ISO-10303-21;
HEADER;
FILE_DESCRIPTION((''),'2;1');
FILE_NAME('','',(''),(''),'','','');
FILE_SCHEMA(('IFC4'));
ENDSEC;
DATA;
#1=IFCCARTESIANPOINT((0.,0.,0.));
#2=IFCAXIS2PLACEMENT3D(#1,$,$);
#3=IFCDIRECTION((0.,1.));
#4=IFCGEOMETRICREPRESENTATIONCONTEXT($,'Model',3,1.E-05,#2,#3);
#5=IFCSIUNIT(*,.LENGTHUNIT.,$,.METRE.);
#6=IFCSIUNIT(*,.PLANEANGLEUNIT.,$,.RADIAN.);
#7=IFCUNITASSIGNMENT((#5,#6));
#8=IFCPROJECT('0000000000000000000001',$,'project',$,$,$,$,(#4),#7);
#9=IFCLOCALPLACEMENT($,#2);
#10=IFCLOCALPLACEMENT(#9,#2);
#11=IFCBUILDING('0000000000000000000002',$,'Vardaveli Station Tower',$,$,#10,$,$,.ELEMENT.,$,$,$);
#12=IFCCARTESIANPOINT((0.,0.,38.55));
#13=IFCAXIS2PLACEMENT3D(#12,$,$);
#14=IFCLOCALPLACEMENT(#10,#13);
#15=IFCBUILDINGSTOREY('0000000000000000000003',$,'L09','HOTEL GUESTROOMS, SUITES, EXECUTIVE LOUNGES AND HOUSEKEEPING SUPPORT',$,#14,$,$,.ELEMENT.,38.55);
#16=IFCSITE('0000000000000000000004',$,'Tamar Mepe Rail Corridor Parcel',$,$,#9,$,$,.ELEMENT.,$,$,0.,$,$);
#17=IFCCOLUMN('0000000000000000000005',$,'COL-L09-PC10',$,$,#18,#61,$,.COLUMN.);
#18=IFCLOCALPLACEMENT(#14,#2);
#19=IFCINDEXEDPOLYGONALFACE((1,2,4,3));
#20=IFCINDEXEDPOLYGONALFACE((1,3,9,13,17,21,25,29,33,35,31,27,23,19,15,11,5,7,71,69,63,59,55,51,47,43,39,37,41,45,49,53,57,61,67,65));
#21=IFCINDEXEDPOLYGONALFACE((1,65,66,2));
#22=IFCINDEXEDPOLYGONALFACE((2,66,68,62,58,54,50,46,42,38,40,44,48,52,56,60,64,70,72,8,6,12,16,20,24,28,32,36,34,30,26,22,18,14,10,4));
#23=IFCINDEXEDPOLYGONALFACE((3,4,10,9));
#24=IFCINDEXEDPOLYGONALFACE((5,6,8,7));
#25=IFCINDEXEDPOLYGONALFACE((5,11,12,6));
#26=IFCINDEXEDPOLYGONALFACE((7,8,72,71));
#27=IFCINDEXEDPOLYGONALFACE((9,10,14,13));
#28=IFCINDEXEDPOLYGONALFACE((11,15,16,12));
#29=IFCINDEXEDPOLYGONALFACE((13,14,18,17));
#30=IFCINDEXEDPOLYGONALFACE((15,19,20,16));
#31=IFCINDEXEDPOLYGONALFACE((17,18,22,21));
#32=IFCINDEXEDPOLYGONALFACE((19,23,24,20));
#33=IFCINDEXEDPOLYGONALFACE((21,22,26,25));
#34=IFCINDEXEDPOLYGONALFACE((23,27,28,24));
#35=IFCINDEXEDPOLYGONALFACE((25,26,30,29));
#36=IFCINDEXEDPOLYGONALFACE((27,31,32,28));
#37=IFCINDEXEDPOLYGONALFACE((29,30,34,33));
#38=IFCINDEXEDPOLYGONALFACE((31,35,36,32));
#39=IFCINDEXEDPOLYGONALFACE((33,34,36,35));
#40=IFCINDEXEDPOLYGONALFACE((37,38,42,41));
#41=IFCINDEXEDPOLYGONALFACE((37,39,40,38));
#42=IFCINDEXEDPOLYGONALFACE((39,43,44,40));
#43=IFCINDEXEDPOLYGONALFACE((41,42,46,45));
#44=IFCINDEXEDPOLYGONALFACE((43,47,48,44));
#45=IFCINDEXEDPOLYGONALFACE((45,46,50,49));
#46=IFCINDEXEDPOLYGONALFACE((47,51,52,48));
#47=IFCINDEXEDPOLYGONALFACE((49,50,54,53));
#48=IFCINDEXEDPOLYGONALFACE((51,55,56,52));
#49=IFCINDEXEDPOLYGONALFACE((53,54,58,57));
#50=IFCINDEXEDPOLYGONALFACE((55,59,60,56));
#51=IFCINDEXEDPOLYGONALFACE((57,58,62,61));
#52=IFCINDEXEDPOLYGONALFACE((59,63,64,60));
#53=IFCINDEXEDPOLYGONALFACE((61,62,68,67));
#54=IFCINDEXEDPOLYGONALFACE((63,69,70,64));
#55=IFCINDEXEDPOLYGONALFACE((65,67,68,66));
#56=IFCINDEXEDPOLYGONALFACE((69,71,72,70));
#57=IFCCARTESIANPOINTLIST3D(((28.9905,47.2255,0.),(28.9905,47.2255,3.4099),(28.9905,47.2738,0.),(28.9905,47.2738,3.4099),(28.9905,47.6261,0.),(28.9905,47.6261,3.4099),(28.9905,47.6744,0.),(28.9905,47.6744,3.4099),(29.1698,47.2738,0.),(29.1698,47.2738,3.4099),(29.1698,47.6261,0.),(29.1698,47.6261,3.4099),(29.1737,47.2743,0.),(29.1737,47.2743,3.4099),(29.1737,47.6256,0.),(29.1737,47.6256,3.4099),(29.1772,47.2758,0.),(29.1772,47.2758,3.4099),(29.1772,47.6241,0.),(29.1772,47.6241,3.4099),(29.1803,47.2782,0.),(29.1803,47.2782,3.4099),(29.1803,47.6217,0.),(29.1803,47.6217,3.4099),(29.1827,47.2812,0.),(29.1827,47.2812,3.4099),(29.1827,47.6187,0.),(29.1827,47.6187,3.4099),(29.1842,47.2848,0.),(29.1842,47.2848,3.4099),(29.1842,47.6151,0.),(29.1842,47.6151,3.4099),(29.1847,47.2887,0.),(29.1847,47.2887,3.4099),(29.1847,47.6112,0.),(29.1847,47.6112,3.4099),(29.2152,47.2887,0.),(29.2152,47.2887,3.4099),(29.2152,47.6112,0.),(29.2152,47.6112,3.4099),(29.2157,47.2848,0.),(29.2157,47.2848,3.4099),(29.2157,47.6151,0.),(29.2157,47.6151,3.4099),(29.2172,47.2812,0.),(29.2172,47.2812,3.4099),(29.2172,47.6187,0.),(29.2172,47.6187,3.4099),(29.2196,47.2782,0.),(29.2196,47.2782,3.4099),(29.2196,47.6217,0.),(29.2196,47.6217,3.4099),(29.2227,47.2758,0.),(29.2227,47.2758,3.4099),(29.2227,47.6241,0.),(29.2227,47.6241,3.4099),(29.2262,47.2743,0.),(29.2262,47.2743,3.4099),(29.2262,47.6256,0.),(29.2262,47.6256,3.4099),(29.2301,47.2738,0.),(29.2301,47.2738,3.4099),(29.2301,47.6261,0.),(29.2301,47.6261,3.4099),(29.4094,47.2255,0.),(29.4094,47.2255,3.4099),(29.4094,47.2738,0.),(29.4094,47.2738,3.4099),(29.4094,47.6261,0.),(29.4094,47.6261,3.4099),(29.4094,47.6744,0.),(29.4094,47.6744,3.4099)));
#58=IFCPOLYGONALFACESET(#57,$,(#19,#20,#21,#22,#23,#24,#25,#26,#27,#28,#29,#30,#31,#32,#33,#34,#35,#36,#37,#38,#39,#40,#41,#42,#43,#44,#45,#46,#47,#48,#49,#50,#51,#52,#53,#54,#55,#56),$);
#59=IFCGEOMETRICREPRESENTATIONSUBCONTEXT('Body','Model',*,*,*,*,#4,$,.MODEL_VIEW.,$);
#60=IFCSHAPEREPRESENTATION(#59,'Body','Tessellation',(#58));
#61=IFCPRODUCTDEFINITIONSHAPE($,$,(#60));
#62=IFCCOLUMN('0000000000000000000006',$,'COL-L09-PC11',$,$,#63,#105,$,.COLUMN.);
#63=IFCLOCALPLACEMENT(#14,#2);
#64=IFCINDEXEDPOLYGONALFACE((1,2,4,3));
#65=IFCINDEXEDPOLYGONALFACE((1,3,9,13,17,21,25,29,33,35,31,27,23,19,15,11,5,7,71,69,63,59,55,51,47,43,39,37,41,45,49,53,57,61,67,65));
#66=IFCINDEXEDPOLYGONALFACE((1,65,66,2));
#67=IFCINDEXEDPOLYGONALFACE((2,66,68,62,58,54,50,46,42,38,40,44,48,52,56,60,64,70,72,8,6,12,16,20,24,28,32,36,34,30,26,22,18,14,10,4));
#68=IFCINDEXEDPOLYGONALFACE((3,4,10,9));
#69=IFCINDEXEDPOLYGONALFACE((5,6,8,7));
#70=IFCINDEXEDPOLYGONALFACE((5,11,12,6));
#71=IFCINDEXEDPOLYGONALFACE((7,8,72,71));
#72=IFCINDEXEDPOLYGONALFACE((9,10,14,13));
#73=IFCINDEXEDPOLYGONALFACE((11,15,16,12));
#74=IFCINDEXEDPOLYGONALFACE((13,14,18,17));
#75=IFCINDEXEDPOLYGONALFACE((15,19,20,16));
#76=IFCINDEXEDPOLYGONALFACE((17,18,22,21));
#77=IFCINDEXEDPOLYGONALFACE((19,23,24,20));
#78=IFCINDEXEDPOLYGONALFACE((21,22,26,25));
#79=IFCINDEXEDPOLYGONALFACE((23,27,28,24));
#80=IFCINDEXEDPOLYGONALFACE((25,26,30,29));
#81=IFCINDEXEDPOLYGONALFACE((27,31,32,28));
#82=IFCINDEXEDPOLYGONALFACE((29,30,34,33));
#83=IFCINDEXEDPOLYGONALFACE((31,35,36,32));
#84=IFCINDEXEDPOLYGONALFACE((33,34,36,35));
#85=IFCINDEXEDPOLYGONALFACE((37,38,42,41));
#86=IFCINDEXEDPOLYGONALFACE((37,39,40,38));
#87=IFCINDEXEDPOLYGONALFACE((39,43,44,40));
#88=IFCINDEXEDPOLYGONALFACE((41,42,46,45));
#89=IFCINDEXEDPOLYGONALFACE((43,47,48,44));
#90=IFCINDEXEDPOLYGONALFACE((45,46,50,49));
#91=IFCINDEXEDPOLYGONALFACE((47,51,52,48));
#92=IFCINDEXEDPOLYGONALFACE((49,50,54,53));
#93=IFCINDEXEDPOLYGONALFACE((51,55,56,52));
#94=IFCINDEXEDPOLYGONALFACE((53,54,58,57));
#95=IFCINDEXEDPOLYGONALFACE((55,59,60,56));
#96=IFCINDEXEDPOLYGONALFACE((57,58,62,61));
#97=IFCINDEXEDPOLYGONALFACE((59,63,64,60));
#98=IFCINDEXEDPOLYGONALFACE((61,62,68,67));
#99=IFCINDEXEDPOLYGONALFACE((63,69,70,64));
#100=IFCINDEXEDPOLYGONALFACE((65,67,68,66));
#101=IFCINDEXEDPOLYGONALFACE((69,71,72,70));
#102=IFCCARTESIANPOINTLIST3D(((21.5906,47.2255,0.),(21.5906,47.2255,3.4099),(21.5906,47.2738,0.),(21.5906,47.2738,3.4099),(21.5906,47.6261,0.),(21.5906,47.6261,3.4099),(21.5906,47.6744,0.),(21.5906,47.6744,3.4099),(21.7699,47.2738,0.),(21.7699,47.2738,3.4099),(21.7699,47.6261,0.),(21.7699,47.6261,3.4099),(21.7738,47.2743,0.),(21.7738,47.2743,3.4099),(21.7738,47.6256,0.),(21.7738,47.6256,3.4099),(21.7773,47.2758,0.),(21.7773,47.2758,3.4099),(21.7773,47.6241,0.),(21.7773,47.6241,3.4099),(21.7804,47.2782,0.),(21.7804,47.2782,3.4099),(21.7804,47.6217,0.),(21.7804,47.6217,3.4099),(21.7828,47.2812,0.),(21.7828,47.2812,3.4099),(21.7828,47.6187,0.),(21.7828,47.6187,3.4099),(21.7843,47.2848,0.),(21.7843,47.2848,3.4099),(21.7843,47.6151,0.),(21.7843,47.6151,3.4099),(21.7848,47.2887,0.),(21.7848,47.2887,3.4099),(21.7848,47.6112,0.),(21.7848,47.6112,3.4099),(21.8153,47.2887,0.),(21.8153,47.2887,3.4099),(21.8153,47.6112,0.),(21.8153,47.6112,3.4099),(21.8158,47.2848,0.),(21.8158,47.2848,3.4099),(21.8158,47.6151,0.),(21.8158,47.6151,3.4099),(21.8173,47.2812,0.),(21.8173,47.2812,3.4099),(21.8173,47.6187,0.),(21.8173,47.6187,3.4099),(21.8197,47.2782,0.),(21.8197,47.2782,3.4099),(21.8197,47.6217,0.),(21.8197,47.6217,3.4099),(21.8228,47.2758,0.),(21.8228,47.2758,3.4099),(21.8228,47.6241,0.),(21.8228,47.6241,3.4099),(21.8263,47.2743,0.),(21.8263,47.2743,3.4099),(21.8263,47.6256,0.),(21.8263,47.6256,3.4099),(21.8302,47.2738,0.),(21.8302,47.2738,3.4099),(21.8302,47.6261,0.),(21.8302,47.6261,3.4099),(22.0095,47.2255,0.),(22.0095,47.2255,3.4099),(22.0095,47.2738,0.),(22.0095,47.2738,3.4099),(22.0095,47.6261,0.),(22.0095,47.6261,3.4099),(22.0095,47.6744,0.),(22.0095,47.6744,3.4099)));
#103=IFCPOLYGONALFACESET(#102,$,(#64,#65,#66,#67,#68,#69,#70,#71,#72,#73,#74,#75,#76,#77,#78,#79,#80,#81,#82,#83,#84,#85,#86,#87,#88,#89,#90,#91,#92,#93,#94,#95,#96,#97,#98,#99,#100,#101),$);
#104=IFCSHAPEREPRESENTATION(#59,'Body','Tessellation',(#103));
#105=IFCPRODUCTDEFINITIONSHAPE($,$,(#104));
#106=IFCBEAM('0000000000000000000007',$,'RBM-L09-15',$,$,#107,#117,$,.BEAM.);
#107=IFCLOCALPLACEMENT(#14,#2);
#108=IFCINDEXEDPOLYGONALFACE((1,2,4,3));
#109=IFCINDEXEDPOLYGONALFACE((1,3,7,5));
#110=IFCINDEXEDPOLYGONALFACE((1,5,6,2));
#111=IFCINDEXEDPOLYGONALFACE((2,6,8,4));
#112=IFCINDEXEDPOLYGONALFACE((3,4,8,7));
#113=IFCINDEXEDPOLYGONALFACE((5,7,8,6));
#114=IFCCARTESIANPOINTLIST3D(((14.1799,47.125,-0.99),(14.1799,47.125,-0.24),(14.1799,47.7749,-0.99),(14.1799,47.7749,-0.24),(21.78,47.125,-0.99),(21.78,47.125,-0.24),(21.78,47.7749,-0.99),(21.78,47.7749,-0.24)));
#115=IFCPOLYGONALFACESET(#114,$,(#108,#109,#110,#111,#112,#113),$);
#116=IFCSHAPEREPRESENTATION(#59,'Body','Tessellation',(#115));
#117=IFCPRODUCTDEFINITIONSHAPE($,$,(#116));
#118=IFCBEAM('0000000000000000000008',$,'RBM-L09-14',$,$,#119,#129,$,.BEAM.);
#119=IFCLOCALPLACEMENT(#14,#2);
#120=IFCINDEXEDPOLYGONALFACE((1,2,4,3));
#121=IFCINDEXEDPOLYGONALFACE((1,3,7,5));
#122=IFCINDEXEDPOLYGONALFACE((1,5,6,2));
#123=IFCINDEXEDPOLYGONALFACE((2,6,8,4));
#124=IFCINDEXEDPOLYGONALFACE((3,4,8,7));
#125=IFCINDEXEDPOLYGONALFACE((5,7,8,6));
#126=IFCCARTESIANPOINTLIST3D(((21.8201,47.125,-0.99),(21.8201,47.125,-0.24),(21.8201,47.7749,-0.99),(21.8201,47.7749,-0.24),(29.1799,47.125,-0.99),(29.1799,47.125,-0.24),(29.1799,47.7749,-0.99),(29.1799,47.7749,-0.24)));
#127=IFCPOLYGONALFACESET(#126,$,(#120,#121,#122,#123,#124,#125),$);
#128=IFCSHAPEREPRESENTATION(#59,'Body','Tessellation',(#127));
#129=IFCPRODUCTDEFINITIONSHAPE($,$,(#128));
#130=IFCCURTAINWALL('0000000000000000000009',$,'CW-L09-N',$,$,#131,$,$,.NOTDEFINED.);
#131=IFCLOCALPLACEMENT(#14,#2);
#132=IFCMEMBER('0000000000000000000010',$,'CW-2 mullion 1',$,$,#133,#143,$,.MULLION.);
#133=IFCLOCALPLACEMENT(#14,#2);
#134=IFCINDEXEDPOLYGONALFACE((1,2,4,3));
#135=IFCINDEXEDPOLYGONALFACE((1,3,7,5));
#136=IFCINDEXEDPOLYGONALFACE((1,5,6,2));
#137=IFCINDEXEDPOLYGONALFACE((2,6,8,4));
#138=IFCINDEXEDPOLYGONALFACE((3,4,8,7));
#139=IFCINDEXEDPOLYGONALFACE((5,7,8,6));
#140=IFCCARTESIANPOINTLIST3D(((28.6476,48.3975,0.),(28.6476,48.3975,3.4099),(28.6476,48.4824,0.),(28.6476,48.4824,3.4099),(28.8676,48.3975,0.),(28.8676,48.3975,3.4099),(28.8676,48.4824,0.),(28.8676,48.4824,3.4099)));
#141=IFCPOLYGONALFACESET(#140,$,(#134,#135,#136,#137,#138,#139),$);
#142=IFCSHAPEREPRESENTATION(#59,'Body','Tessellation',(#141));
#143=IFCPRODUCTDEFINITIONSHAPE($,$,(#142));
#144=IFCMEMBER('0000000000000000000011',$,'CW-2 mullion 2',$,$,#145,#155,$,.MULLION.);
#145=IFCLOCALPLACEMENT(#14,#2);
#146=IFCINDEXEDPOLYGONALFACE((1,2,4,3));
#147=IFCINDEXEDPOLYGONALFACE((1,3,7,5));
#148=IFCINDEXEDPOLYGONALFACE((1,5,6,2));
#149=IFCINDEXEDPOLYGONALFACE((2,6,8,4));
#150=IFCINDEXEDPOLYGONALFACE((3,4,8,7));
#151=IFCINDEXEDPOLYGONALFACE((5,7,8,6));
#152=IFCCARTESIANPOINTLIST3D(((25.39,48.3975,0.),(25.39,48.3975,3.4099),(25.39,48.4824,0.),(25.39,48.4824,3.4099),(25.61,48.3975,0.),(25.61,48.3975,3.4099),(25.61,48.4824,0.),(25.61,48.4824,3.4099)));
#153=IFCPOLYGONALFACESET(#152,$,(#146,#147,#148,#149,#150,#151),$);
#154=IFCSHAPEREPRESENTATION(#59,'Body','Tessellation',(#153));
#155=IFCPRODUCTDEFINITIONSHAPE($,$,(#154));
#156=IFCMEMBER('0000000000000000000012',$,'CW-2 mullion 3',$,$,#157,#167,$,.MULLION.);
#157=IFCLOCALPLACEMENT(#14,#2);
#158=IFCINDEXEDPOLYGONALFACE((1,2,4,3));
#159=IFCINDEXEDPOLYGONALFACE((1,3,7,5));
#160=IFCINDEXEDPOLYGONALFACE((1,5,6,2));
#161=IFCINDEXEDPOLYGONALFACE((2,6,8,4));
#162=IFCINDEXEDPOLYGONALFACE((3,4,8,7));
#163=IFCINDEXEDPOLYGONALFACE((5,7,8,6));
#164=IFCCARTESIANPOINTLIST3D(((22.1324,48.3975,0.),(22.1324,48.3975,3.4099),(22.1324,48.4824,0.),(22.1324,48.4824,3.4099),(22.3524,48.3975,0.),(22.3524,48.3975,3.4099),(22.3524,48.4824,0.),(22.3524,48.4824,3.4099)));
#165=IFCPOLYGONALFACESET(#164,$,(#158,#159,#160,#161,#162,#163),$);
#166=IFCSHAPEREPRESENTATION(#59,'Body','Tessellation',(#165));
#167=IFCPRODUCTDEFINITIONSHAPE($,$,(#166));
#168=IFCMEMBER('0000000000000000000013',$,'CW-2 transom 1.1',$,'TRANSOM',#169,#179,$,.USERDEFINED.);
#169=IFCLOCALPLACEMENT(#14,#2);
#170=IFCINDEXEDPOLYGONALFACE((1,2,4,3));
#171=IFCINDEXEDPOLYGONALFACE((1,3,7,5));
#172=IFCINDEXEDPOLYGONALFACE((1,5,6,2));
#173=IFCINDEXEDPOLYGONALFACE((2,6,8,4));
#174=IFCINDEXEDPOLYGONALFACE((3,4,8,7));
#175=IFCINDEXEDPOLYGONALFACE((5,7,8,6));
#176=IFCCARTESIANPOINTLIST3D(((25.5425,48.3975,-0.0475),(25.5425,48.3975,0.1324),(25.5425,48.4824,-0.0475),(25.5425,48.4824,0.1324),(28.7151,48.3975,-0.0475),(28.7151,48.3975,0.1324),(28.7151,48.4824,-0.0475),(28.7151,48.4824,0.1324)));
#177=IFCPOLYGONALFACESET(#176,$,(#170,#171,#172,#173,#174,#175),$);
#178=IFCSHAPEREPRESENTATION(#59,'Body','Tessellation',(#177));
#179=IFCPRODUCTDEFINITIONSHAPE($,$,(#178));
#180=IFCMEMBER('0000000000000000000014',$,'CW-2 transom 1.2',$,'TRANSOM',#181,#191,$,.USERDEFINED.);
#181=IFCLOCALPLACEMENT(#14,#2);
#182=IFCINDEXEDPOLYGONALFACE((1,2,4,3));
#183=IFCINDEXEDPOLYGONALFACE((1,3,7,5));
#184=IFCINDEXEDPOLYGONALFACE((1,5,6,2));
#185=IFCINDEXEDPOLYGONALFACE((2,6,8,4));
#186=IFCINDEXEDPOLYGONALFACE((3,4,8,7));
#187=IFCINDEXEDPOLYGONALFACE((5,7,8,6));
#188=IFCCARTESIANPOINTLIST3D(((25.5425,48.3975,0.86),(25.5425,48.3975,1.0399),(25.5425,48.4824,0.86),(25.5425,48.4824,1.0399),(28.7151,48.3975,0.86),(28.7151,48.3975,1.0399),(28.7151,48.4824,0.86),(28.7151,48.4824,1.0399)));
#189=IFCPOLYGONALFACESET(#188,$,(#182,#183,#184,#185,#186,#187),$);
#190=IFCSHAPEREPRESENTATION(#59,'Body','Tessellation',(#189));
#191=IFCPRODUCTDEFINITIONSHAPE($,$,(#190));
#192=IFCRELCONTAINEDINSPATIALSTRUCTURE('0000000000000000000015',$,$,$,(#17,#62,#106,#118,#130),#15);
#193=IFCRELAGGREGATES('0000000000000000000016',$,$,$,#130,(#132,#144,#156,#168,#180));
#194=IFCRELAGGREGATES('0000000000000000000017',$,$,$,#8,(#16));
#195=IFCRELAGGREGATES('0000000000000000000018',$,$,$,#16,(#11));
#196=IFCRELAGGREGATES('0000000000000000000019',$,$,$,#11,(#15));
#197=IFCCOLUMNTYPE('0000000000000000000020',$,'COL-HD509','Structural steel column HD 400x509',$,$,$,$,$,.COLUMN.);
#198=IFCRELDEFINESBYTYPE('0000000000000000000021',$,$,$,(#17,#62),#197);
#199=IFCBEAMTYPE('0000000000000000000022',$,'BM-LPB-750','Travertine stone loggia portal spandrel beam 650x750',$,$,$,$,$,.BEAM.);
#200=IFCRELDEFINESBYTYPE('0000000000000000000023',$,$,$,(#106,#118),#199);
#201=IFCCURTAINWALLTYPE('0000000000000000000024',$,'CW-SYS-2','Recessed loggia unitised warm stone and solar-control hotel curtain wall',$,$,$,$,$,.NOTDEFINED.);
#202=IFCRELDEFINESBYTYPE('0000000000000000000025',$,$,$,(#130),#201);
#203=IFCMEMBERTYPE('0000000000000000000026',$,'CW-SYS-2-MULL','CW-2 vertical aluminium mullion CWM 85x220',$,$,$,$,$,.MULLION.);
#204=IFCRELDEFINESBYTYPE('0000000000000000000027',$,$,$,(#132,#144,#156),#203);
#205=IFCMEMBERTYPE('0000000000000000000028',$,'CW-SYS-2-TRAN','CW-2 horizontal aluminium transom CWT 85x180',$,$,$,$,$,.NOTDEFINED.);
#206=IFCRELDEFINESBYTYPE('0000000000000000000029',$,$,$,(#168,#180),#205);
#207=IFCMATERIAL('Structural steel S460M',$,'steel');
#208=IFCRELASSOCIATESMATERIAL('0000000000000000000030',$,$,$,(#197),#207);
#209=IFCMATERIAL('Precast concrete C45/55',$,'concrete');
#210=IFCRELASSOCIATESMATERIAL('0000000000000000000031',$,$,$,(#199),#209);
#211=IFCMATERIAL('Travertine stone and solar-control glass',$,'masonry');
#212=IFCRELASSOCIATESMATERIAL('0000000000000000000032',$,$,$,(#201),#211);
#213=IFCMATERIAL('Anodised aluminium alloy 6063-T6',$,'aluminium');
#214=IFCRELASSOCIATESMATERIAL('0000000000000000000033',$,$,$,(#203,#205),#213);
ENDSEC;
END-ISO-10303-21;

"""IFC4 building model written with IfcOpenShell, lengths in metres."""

from ifc_helpers import new_model, si_unit, direction, frame, origin, origin_2d, place, context, subcontext, project, spatial, rectangle, i_section, extrude, source, transform, mapped, material, material_profile, profile_set, type_object, element, aggregate, save


model = new_model("IFC4")

# Units and contexts
model_context = context("Model", 3, precision=1e-05, world=origin(), true_north=direction((0.0, 1.0)))
body_context = subcontext(model_context, "Body", "Model", "MODEL_VIEW")
ifc_project = project(units=[si_unit("LENGTHUNIT", "METRE"), si_unit("PLANEANGLEUNIT", "RADIAN")], contexts=[model_context])

# Site, building, storey
site_placement = place(None, origin())
site = spatial("IfcSite", under=ifc_project, at=site_placement, Name="Tamar Mepe Rail Corridor Parcel", CompositionType="ELEMENT", RefElevation=0.0)
building_placement = place(site_placement, origin())
building = spatial("IfcBuilding", under=site, at=building_placement, Name="Vardaveli Station Tower", CompositionType="ELEMENT")
storey_placement = place(building_placement, frame((0.0, 0.0, 38.55)))
storey = spatial("IfcBuildingStorey", under=building, at=storey_placement, Name="L09", Description="HOTEL GUESTROOMS, SUITES, EXECUTIVE LOUNGES AND HOUSEKEEPING SUPPORT", CompositionType="ELEMENT", Elevation=38.55)

# Columns
ifc_material_1 = material(Name="Structural steel S460M", Category="steel")
ifc_material_profile_1 = material_profile(ifc_material_1, i_section(OverallWidth=0.4189, OverallDepth=0.449, WebThickness=0.0305, FlangeThickness=0.0483, FilletRadius=0.0149, at=origin_2d()), Name="HD 400x509")
ifc_profile_set_1 = profile_set([ifc_material_profile_1], Name="Structural steel S460M")
column_type = type_object("IfcColumnType", Name="COL-HD509", Description="Structural steel column HD 400x509", PredefinedType="COLUMN", material=ifc_profile_set_1)
shared_shape_1 = source(origin(), body_context, "Body", "SweptSolid", [
    extrude(i_section(OverallWidth=0.4189, OverallDepth=0.449, WebThickness=0.0305, FlangeThickness=0.0483, FilletRadius=0.0149, at=origin_2d()), origin(), (0.0, 0.0, 1.0), 3.4099),
])
for number, where, z_axis, x_axis, name in (
    (1, (29.2, 47.45, 0.0), (0.0, 0.0, 1.0), (1.0, 0.0, 0.0), "COL-L09-PC10"),
    (2, (21.8, 47.45, 0.0), (0.0, 0.0, 1.0), (1.0, 0.0, 0.0), "COL-L09-PC11"),
):
    element("IfcColumn", number, at=place(storey_placement, frame(where, z_axis=z_axis, x_axis=x_axis)), inside=storey, type_object=column_type, Name=name, PredefinedType="COLUMN", context=body_context, shape_type="MappedRepresentation", body=[
        mapped(shared_shape_1, transform((0.0, 0.0, 0.0), scale=1.0)),
    ])

# Beams
ifc_material_2 = material(Name="Precast concrete C45/55", Category="concrete")
ifc_material_profile_2 = material_profile(ifc_material_2, rectangle(XDim=0.6499, YDim=0.75, at=origin_2d()), Name="LPB 650x750")
ifc_profile_set_2 = profile_set([ifc_material_profile_2], Name="Precast concrete C45/55")
beam_type = type_object("IfcBeamType", Name="BM-LPB-750", Description="Travertine stone loggia portal spandrel beam 650x750", PredefinedType="BEAM", material=ifc_profile_set_2)
shared_shape_2 = source(origin(), body_context, "Body", "SweptSolid", [
    extrude(rectangle(XDim=0.6499, YDim=0.75, at=origin_2d()), origin(), (0.0, 0.0, 1.0), 7.6001),
])
beam_1_placement = place(storey_placement, frame((21.78, 47.45, -0.615), z_axis=(-1.0, 0.0, 0.0), x_axis=(0.0, -1.0, 0.0)))
element("IfcBeam", 3, at=beam_1_placement, inside=storey, type_object=beam_type, Name="RBM-L09-15", PredefinedType="BEAM", context=body_context, shape_type="MappedRepresentation", body=[
    mapped(shared_shape_2, transform((0.0, 0.0, 0.0), scale=1.0)),
])
shared_shape_3 = source(origin(), body_context, "Body", "SweptSolid", [
    extrude(rectangle(XDim=0.6499, YDim=0.75, at=origin_2d()), origin(), (0.0, 0.0, 1.0), 7.3599),
])
beam_2_placement = place(storey_placement, frame((29.1799, 47.45, -0.615), z_axis=(-1.0, 0.0, 0.0), x_axis=(0.0, -1.0, 0.0)))
element("IfcBeam", 4, at=beam_2_placement, inside=storey, type_object=beam_type, Name="RBM-L09-14", PredefinedType="BEAM", context=body_context, shape_type="MappedRepresentation", body=[
    mapped(shared_shape_3, transform((0.0, 0.0, 0.0), scale=1.0)),
])

# Curtain wall, members
ifc_material_3 = material(Name="Travertine stone and solar-control glass", Category="masonry")
curtain_wall_type = type_object("IfcCurtainWallType", Name="CW-SYS-2", Description="Recessed loggia unitised warm stone and solar-control hotel curtain wall", PredefinedType="NOTDEFINED", material=ifc_material_3)
curtain_wall_placement = place(storey_placement, origin())
curtain_wall = element("IfcCurtainWall", 5, at=curtain_wall_placement, inside=storey, type_object=curtain_wall_type, Name="CW-L09-N", PredefinedType="NOTDEFINED")
ifc_material_4 = material(Name="Anodised aluminium alloy 6063-T6", Category="aluminium")
ifc_material_profile_3 = material_profile(ifc_material_4, rectangle(XDim=0.085, YDim=0.22, at=origin_2d()), Name="CWM 85x220")
ifc_profile_set_3 = profile_set([ifc_material_profile_3], Name="Anodised aluminium alloy 6063-T6")
member_type_1 = type_object("IfcMemberType", Name="CW-SYS-2-MULL", Description="CW-2 vertical aluminium mullion CWM 85x220", PredefinedType="MULLION", material=ifc_profile_set_3)
shared_shape_4 = source(origin(), body_context, "Body", "SweptSolid", [
    extrude(rectangle(XDim=0.085, YDim=0.22, at=origin_2d()), origin(), (0.0, 0.0, 1.0), 3.4099),
])
member_1_placement = place(storey_placement, frame((28.7576, 48.4399, 0.0), z_axis=(0.0, 0.0, 1.0), x_axis=(0.0, -1.0, 0.0)))
member_1 = element("IfcMember", 6, at=member_1_placement, type_object=member_type_1, Name="CW-2 mullion 1", PredefinedType="MULLION", context=body_context, shape_type="MappedRepresentation", body=[
    mapped(shared_shape_4, transform((0.0, 0.0, 0.0), scale=1.0)),
])
member_2_placement = place(storey_placement, frame((25.5, 48.4399, 0.0), z_axis=(0.0, 0.0, 1.0), x_axis=(0.0, -1.0, 0.0)))
member_2 = element("IfcMember", 7, at=member_2_placement, type_object=member_type_1, Name="CW-2 mullion 2", PredefinedType="MULLION", context=body_context, shape_type="MappedRepresentation", body=[
    mapped(shared_shape_4, transform((0.0, 0.0, 0.0), scale=1.0)),
])
member_3_placement = place(storey_placement, frame((22.2424, 48.4399, 0.0), z_axis=(0.0, 0.0, 1.0), x_axis=(0.0, -1.0, 0.0)))
member_3 = element("IfcMember", 8, at=member_3_placement, type_object=member_type_1, Name="CW-2 mullion 3", PredefinedType="MULLION", context=body_context, shape_type="MappedRepresentation", body=[
    mapped(shared_shape_4, transform((0.0, 0.0, 0.0), scale=1.0)),
])
ifc_material_profile_4 = material_profile(ifc_material_4, rectangle(XDim=0.085, YDim=0.1799, at=origin_2d()), Name="CWT 85x180")
ifc_profile_set_4 = profile_set([ifc_material_profile_4], Name="Anodised aluminium alloy 6063-T6")
member_type_2 = type_object("IfcMemberType", Name="CW-SYS-2-TRAN", Description="CW-2 horizontal aluminium transom CWT 85x180", PredefinedType="NOTDEFINED", material=ifc_profile_set_4)
shared_shape_5 = source(origin(), body_context, "Body", "SweptSolid", [
    extrude(rectangle(XDim=0.085, YDim=0.1799, at=origin_2d()), origin(), (0.0, 0.0, 1.0), 3.1726),
])
member_4_placement = place(storey_placement, frame((28.7151, 48.4399, 0.0425), z_axis=(-1.0, 0.0, 0.0), x_axis=(0.0, -1.0, 0.0)))
member_4 = element("IfcMember", 9, at=member_4_placement, type_object=member_type_2, Name="CW-2 transom 1.1", ObjectType="TRANSOM", PredefinedType="USERDEFINED", context=body_context, shape_type="MappedRepresentation", body=[
    mapped(shared_shape_5, transform((0.0, 0.0, 0.0), scale=1.0)),
])
member_5_placement = place(storey_placement, frame((28.7151, 48.4399, 0.95), z_axis=(-1.0, 0.0, 0.0), x_axis=(0.0, -1.0, 0.0)))
member_5 = element("IfcMember", 10, at=member_5_placement, type_object=member_type_2, Name="CW-2 transom 1.2", ObjectType="TRANSOM", PredefinedType="USERDEFINED", context=body_context, shape_type="MappedRepresentation", body=[
    mapped(shared_shape_5, transform((0.0, 0.0, 0.0), scale=1.0)),
])
aggregate(curtain_wall, [member_1, member_2, member_3, member_4, member_5])

save(model, "model.ifc")
